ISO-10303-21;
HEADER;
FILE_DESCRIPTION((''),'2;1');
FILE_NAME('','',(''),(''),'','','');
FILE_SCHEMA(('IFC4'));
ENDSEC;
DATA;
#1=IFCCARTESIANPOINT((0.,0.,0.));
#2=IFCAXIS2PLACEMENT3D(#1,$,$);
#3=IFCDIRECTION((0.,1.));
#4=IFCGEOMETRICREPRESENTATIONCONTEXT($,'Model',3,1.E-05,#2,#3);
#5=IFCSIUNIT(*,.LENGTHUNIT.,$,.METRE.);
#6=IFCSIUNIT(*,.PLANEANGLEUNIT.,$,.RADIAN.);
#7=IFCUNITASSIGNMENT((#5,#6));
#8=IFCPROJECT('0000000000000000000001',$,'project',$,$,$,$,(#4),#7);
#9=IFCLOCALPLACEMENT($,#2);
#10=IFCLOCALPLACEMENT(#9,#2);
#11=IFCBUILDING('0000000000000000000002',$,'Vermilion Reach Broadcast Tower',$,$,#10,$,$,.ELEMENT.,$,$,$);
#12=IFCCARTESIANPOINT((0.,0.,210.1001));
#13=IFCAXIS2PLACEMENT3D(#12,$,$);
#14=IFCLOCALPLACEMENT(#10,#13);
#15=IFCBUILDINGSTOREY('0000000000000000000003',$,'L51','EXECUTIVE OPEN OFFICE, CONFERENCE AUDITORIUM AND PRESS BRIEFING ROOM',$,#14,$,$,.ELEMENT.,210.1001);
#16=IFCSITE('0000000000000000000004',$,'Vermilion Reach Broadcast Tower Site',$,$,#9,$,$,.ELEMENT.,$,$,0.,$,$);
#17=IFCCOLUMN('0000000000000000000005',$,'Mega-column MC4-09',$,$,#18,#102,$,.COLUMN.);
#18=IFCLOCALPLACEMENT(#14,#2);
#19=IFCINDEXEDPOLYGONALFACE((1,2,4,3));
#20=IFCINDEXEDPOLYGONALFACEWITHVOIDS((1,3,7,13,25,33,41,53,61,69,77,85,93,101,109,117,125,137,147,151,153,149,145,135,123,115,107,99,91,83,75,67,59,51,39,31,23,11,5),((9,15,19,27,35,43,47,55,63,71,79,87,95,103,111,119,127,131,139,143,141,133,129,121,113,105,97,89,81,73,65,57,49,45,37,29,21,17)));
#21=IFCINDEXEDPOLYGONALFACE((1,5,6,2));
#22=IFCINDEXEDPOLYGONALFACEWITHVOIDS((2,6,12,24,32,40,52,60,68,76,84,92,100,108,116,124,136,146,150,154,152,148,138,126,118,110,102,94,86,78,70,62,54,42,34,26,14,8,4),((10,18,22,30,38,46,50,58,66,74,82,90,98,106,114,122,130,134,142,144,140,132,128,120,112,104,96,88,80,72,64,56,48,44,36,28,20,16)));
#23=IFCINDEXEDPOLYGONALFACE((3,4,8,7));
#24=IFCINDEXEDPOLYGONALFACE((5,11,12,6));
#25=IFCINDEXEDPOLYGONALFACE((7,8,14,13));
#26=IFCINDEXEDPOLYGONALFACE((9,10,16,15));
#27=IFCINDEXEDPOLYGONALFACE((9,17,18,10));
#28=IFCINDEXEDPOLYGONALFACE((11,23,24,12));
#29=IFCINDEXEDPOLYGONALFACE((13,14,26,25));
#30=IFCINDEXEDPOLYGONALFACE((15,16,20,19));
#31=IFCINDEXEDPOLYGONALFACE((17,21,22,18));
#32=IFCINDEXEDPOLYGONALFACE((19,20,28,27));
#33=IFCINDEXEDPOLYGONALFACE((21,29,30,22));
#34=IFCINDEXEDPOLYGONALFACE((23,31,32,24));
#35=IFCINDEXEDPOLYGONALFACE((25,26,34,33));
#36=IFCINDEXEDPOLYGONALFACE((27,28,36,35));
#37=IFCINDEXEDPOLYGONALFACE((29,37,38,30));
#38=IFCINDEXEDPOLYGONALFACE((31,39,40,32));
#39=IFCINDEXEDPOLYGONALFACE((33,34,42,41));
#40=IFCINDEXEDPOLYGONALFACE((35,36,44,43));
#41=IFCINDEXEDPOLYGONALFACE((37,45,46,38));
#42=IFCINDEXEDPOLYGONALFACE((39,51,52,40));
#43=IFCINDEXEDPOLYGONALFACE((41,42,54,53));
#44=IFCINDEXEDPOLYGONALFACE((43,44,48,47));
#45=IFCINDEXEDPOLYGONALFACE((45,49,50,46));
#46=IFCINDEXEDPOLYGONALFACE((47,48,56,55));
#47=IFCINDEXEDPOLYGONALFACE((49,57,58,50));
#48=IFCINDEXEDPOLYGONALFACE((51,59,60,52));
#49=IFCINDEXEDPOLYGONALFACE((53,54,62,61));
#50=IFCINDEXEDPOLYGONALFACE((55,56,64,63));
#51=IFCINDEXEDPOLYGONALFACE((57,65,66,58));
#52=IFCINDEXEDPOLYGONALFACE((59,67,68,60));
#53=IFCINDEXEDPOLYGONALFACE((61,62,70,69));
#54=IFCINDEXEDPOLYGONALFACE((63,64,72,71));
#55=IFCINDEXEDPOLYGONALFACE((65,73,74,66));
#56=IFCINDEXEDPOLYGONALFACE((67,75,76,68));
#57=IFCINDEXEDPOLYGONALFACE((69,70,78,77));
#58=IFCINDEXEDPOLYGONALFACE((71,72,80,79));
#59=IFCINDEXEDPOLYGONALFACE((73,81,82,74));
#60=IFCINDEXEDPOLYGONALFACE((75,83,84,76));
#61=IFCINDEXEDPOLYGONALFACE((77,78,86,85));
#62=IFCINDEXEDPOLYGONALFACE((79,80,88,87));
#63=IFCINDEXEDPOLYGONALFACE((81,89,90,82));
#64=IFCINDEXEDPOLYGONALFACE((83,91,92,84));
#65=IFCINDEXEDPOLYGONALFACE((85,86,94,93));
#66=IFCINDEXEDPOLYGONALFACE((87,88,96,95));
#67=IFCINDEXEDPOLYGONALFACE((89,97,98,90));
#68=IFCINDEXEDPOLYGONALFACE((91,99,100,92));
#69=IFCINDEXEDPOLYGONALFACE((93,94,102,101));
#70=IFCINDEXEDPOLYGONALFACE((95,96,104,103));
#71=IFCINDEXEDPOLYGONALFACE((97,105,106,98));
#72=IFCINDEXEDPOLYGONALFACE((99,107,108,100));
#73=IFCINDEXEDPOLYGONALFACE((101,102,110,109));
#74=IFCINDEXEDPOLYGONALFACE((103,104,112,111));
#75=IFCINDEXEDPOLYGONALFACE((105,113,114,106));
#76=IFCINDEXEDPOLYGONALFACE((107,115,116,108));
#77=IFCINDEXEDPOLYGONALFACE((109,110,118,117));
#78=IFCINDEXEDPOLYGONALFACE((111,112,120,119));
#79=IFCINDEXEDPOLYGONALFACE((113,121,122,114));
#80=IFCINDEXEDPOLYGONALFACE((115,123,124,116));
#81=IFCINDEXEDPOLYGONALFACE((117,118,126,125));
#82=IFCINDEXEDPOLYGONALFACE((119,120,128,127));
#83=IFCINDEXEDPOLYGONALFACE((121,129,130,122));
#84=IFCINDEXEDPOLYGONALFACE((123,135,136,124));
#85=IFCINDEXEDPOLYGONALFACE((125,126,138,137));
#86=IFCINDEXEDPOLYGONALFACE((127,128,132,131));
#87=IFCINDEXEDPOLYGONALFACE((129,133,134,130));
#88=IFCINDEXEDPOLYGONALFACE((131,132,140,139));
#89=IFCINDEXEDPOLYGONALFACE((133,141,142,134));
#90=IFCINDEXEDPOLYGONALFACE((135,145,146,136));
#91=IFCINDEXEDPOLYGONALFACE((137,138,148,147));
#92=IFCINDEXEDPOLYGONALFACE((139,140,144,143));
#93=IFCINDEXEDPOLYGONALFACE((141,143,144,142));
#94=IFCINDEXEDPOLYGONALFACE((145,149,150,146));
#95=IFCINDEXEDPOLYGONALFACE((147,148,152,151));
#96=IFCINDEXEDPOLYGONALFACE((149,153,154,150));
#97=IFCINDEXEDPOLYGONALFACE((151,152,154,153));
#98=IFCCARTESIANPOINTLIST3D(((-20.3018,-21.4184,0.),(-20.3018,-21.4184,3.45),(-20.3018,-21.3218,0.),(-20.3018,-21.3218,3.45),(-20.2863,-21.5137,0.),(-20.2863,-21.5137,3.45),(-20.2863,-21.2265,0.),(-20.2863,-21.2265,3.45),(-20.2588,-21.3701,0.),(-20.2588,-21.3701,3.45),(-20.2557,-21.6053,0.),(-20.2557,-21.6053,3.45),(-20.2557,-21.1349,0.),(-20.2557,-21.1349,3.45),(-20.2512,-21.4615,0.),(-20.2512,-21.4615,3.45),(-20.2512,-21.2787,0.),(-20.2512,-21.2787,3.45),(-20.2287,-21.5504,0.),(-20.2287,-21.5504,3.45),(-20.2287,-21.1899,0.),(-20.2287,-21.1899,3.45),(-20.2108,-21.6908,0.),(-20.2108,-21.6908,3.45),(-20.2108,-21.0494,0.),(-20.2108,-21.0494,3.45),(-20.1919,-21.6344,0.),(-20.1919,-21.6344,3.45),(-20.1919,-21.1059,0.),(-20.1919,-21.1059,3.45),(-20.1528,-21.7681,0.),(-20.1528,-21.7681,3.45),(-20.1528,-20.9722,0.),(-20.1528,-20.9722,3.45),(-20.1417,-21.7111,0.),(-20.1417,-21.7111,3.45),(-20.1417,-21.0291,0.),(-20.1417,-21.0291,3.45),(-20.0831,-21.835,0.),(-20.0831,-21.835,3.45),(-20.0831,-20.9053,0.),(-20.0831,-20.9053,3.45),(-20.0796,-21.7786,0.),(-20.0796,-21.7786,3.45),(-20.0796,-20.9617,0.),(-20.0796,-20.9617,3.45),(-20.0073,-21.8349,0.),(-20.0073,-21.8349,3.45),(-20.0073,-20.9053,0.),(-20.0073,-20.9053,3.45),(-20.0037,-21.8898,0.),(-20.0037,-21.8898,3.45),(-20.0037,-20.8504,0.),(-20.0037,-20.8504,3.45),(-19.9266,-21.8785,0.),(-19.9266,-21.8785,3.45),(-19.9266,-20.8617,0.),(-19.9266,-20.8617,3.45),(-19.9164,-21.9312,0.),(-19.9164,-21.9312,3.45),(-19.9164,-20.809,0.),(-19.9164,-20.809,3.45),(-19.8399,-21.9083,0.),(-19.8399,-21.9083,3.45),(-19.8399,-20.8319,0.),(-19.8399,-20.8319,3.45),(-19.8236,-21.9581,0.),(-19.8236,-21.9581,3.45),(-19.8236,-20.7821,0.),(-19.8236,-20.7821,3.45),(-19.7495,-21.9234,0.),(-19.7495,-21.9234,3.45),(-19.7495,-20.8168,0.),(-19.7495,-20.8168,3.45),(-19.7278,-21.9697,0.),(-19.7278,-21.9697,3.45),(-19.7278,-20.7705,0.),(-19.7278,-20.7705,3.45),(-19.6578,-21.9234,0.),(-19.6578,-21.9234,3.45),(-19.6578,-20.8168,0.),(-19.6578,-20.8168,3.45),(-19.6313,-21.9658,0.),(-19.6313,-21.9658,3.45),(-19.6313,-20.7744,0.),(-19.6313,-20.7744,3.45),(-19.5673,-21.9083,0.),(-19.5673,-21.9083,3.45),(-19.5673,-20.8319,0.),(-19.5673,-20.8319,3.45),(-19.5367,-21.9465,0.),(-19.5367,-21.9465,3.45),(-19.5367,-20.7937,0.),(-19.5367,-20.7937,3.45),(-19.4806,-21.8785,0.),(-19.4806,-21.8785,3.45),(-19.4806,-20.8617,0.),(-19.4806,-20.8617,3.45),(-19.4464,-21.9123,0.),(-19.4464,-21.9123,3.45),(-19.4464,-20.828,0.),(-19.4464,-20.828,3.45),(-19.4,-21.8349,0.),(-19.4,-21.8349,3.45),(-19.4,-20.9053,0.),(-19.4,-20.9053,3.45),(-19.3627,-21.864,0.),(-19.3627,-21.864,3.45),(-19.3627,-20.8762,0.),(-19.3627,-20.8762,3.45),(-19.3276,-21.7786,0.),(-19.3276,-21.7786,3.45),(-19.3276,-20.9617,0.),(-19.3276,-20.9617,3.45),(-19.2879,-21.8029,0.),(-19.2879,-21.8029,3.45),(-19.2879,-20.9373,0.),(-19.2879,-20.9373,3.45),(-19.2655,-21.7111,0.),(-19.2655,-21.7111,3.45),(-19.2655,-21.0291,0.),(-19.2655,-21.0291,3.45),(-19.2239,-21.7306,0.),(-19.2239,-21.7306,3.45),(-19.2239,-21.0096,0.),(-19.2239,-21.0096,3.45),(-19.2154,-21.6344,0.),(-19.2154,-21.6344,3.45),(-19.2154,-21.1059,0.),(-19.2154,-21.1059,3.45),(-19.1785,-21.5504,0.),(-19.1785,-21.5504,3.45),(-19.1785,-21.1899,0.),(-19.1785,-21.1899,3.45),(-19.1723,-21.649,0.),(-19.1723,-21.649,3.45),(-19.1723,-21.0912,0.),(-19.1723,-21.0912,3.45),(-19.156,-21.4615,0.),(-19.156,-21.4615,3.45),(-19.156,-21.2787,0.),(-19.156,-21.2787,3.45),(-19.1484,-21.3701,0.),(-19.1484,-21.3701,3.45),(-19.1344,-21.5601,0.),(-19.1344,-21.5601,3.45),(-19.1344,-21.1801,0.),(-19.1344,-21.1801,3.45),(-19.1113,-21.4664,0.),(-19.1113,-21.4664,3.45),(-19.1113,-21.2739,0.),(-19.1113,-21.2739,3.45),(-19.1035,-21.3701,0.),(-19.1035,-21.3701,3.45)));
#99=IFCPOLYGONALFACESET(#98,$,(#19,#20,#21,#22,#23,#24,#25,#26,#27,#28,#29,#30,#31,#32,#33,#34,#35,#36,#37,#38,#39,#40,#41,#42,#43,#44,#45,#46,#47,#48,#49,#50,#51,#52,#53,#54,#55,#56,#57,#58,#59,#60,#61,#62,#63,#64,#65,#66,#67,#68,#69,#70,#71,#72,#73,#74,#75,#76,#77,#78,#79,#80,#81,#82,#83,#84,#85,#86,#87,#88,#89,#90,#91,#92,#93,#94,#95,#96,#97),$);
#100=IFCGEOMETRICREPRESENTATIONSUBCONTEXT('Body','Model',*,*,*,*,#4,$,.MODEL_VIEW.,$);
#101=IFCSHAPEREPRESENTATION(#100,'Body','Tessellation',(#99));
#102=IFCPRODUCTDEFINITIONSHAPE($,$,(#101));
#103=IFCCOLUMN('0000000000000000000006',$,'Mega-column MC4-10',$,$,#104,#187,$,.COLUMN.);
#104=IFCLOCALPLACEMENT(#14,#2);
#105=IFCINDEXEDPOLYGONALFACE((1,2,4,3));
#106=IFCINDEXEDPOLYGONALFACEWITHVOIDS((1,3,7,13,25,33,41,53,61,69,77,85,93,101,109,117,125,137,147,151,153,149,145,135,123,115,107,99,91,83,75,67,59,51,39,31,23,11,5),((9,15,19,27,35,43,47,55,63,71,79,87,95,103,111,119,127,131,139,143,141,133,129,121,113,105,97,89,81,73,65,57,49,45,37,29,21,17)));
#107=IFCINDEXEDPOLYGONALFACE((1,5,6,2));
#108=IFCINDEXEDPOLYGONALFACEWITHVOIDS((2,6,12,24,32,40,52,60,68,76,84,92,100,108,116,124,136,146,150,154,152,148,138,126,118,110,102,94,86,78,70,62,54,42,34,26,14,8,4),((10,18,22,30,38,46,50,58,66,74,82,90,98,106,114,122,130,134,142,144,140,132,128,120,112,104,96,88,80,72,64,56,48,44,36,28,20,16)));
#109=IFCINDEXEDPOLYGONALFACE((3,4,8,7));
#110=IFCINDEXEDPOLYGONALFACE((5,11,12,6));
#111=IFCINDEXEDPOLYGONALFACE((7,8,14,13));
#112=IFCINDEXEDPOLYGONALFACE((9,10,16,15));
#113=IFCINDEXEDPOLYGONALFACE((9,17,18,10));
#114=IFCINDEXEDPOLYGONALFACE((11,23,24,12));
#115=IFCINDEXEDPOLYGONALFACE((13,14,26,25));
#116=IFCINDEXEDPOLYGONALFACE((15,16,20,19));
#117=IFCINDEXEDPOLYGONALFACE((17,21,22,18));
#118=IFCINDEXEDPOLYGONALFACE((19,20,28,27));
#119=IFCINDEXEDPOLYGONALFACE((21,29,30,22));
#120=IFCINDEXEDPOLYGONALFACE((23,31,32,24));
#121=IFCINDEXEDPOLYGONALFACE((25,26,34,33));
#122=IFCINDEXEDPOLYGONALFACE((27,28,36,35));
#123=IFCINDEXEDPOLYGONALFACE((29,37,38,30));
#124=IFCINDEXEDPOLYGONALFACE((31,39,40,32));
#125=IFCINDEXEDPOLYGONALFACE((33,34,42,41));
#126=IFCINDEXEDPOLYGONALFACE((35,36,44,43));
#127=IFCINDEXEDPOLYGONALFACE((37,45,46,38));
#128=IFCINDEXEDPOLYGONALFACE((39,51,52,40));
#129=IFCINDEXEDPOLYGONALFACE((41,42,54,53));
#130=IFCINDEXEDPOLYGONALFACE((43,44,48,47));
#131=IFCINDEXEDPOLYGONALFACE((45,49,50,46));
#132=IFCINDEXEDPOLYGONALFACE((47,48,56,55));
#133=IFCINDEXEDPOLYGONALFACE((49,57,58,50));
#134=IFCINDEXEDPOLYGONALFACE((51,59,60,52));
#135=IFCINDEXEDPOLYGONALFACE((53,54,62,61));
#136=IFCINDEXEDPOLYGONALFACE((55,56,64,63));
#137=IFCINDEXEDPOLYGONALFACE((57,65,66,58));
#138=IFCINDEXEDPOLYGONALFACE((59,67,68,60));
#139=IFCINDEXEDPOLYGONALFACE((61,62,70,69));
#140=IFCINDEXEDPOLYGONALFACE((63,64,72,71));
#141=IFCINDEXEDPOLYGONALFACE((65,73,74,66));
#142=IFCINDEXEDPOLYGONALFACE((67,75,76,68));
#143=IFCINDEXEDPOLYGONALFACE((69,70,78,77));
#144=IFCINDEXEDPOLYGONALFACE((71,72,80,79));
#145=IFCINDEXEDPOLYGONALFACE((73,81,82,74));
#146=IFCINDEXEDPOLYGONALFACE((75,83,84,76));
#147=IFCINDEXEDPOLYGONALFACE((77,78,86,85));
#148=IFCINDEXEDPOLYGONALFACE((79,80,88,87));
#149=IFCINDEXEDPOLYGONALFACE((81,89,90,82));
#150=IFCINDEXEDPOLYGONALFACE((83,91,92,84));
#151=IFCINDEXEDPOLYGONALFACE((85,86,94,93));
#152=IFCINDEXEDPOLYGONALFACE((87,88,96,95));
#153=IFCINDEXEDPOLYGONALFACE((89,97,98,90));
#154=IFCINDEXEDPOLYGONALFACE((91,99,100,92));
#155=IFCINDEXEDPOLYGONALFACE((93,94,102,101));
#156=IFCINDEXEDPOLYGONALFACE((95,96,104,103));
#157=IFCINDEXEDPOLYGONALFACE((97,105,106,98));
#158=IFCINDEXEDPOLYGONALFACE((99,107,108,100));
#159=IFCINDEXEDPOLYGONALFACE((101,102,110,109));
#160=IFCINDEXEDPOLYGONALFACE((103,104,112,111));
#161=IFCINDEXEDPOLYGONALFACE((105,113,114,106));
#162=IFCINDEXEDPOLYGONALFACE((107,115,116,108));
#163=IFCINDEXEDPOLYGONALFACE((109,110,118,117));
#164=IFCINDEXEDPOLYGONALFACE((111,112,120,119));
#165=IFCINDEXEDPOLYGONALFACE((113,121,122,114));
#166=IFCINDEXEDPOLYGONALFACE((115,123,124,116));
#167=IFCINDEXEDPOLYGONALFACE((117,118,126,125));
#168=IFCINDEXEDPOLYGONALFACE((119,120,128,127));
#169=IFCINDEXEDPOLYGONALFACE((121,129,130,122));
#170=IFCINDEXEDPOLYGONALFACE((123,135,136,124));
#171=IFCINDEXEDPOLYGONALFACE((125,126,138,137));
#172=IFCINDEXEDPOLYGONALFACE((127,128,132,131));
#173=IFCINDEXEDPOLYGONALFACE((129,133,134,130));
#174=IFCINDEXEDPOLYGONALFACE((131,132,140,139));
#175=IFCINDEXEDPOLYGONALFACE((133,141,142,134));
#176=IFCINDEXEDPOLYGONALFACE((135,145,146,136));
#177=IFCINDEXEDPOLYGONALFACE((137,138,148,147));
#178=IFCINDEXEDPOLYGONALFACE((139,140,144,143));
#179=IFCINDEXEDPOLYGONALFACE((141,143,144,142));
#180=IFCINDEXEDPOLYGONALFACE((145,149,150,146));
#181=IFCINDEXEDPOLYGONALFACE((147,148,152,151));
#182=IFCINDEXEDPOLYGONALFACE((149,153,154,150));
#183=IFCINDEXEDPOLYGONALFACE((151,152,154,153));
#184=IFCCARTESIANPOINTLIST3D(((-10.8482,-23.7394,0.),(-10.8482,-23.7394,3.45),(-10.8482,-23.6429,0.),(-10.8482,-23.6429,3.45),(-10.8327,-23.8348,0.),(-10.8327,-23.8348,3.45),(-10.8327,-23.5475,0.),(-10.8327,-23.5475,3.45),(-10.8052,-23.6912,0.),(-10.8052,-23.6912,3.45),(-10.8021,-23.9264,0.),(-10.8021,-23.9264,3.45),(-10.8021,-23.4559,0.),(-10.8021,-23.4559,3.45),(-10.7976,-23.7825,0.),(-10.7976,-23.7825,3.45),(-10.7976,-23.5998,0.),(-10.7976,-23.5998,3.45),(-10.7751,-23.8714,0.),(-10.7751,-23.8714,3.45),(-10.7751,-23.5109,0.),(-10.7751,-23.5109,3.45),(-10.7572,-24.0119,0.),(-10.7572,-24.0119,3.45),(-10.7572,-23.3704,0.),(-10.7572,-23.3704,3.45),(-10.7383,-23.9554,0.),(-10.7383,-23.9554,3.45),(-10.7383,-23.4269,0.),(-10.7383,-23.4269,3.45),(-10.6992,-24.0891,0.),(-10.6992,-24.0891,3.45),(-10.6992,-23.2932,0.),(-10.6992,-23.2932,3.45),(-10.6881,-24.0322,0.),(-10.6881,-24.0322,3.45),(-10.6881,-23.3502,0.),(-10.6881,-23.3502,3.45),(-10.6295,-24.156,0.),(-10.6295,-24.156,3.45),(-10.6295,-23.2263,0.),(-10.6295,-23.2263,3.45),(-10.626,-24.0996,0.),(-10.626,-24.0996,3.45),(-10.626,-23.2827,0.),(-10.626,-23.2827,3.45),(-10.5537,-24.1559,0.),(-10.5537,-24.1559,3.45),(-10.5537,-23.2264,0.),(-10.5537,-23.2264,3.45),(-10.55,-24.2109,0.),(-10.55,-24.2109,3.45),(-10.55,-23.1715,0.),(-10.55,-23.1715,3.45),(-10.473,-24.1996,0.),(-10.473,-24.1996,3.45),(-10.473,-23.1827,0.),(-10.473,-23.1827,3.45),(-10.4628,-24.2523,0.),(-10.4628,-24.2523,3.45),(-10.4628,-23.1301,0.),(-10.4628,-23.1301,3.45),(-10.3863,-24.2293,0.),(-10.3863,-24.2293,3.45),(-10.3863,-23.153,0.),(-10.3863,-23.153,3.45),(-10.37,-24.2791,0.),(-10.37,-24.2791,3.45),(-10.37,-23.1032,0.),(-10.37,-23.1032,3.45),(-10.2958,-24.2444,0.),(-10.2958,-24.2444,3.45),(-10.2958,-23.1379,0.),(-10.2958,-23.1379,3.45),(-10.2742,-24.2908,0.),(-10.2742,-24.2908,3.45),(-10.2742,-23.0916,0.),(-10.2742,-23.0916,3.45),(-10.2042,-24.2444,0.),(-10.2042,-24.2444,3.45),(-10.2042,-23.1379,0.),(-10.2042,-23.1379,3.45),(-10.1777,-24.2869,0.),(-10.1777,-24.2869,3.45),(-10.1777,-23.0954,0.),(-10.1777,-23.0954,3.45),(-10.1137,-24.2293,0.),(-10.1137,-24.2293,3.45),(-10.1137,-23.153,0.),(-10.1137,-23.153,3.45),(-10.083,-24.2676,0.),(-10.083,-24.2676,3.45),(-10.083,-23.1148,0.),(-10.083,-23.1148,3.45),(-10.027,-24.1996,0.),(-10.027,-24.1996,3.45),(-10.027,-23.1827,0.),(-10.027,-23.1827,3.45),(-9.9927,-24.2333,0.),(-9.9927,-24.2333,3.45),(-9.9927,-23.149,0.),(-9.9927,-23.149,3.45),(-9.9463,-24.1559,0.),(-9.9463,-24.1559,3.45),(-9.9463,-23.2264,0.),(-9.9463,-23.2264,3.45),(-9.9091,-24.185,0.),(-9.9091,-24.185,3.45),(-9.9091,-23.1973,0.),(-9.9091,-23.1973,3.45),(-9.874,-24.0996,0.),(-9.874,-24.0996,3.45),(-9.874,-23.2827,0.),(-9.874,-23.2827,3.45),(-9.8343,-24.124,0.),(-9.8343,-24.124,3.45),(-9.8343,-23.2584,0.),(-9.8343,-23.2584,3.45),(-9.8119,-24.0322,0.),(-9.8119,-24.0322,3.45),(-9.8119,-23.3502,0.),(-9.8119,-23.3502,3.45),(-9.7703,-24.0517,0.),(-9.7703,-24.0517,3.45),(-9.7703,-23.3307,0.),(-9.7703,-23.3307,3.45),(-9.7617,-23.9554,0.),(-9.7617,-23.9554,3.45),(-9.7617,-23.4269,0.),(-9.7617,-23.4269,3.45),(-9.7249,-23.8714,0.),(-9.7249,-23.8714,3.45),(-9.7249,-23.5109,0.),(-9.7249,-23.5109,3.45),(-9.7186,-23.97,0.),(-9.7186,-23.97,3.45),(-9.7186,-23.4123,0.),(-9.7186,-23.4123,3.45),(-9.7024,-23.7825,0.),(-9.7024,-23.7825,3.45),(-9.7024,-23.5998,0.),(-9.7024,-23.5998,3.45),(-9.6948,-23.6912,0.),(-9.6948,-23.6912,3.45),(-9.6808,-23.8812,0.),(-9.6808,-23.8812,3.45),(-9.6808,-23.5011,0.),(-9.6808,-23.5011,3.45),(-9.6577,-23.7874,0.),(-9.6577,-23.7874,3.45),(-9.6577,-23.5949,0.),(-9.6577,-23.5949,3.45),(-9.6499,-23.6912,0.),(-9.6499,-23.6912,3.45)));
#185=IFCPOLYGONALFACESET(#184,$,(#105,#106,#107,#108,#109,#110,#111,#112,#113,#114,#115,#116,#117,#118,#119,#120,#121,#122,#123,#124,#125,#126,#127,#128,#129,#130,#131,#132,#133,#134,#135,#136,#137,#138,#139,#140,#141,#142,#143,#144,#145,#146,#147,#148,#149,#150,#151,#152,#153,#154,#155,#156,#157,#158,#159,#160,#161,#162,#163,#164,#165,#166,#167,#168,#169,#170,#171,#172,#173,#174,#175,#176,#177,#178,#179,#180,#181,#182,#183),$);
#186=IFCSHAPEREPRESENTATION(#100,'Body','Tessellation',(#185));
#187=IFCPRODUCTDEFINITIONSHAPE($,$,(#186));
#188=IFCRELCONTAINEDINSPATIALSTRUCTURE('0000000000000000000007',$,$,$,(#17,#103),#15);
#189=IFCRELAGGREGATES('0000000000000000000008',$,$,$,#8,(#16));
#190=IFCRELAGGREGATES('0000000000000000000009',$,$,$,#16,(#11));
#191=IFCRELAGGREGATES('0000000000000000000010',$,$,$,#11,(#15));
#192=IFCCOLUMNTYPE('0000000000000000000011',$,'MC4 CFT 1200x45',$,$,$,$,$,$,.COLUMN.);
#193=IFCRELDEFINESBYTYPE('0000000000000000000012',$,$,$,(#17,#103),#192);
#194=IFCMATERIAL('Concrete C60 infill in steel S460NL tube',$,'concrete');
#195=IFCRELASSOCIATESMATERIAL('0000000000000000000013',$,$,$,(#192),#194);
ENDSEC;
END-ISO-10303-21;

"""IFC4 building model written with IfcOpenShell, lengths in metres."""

from ifc_helpers import new_model, si_unit, direction, frame, origin, origin_2d, place, context, subcontext, project, spatial, hollow_circle, extrude, material, material_profile, profile_set, type_object, element, save


model = new_model("IFC4")

# Units and contexts
model_context = context("Model", 3, precision=1e-05, world=origin(), true_north=direction((0.0, 1.0)))
body_context = subcontext(model_context, "Body", "Model", "MODEL_VIEW")
ifc_project = project(units=[si_unit("LENGTHUNIT", "METRE"), si_unit("PLANEANGLEUNIT", "RADIAN")], contexts=[model_context])

# Site, building, storey
site_placement = place(None, origin())
site = spatial("IfcSite", under=ifc_project, at=site_placement, Name="Vermilion Reach Broadcast Tower Site", CompositionType="ELEMENT", RefElevation=0.0)
building_placement = place(site_placement, origin())
building = spatial("IfcBuilding", under=site, at=building_placement, Name="Vermilion Reach Broadcast Tower", CompositionType="ELEMENT")
storey_placement = place(building_placement, frame((0.0, 0.0, 210.1001)))
storey = spatial("IfcBuildingStorey", under=building, at=storey_placement, Name="L51", Description="EXECUTIVE OPEN OFFICE, CONFERENCE AUDITORIUM AND PRESS BRIEFING ROOM", CompositionType="ELEMENT", Elevation=210.1001)

# Columns
ifc_material_1 = material(Name="Concrete C60 infill in steel S460NL tube", Category="concrete")
ifc_material_profile_1 = material_profile(ifc_material_1, hollow_circle(Radius=0.6001, WallThickness=0.0449, at=origin_2d()), Name="Concrete C60 infill in steel S460NL tube CFT 1200x45")
ifc_profile_set_1 = profile_set([ifc_material_profile_1], Name="Concrete C60 infill in steel S460NL tube")
column_type = type_object("IfcColumnType", Name="MC4 CFT 1200x45", PredefinedType="COLUMN", material=ifc_profile_set_1)
for number, where, z_axis, x_axis, name in (
    (1, (-19.7036, -21.3701, 0.0), (0.0, 0.0, 1.0), (1.0, 0.0, 0.0), "Mega-column MC4-09"),
    (2, (-10.25, -23.6912, 0.0), (0.0, 0.0, 1.0), (1.0, 0.0, 0.0), "Mega-column MC4-10"),
):
    element("IfcColumn", number, at=place(storey_placement, frame(where, z_axis=z_axis, x_axis=x_axis)), inside=storey, type_object=column_type, Name=name, PredefinedType="COLUMN", context=body_context, shape_type="SweptSolid", body=[
        extrude(hollow_circle(Radius=0.6001, WallThickness=0.0449, at=origin_2d()), origin(), (0.0, 0.0, 1.0), 3.45),
    ])

save(model, "model.ifc")
